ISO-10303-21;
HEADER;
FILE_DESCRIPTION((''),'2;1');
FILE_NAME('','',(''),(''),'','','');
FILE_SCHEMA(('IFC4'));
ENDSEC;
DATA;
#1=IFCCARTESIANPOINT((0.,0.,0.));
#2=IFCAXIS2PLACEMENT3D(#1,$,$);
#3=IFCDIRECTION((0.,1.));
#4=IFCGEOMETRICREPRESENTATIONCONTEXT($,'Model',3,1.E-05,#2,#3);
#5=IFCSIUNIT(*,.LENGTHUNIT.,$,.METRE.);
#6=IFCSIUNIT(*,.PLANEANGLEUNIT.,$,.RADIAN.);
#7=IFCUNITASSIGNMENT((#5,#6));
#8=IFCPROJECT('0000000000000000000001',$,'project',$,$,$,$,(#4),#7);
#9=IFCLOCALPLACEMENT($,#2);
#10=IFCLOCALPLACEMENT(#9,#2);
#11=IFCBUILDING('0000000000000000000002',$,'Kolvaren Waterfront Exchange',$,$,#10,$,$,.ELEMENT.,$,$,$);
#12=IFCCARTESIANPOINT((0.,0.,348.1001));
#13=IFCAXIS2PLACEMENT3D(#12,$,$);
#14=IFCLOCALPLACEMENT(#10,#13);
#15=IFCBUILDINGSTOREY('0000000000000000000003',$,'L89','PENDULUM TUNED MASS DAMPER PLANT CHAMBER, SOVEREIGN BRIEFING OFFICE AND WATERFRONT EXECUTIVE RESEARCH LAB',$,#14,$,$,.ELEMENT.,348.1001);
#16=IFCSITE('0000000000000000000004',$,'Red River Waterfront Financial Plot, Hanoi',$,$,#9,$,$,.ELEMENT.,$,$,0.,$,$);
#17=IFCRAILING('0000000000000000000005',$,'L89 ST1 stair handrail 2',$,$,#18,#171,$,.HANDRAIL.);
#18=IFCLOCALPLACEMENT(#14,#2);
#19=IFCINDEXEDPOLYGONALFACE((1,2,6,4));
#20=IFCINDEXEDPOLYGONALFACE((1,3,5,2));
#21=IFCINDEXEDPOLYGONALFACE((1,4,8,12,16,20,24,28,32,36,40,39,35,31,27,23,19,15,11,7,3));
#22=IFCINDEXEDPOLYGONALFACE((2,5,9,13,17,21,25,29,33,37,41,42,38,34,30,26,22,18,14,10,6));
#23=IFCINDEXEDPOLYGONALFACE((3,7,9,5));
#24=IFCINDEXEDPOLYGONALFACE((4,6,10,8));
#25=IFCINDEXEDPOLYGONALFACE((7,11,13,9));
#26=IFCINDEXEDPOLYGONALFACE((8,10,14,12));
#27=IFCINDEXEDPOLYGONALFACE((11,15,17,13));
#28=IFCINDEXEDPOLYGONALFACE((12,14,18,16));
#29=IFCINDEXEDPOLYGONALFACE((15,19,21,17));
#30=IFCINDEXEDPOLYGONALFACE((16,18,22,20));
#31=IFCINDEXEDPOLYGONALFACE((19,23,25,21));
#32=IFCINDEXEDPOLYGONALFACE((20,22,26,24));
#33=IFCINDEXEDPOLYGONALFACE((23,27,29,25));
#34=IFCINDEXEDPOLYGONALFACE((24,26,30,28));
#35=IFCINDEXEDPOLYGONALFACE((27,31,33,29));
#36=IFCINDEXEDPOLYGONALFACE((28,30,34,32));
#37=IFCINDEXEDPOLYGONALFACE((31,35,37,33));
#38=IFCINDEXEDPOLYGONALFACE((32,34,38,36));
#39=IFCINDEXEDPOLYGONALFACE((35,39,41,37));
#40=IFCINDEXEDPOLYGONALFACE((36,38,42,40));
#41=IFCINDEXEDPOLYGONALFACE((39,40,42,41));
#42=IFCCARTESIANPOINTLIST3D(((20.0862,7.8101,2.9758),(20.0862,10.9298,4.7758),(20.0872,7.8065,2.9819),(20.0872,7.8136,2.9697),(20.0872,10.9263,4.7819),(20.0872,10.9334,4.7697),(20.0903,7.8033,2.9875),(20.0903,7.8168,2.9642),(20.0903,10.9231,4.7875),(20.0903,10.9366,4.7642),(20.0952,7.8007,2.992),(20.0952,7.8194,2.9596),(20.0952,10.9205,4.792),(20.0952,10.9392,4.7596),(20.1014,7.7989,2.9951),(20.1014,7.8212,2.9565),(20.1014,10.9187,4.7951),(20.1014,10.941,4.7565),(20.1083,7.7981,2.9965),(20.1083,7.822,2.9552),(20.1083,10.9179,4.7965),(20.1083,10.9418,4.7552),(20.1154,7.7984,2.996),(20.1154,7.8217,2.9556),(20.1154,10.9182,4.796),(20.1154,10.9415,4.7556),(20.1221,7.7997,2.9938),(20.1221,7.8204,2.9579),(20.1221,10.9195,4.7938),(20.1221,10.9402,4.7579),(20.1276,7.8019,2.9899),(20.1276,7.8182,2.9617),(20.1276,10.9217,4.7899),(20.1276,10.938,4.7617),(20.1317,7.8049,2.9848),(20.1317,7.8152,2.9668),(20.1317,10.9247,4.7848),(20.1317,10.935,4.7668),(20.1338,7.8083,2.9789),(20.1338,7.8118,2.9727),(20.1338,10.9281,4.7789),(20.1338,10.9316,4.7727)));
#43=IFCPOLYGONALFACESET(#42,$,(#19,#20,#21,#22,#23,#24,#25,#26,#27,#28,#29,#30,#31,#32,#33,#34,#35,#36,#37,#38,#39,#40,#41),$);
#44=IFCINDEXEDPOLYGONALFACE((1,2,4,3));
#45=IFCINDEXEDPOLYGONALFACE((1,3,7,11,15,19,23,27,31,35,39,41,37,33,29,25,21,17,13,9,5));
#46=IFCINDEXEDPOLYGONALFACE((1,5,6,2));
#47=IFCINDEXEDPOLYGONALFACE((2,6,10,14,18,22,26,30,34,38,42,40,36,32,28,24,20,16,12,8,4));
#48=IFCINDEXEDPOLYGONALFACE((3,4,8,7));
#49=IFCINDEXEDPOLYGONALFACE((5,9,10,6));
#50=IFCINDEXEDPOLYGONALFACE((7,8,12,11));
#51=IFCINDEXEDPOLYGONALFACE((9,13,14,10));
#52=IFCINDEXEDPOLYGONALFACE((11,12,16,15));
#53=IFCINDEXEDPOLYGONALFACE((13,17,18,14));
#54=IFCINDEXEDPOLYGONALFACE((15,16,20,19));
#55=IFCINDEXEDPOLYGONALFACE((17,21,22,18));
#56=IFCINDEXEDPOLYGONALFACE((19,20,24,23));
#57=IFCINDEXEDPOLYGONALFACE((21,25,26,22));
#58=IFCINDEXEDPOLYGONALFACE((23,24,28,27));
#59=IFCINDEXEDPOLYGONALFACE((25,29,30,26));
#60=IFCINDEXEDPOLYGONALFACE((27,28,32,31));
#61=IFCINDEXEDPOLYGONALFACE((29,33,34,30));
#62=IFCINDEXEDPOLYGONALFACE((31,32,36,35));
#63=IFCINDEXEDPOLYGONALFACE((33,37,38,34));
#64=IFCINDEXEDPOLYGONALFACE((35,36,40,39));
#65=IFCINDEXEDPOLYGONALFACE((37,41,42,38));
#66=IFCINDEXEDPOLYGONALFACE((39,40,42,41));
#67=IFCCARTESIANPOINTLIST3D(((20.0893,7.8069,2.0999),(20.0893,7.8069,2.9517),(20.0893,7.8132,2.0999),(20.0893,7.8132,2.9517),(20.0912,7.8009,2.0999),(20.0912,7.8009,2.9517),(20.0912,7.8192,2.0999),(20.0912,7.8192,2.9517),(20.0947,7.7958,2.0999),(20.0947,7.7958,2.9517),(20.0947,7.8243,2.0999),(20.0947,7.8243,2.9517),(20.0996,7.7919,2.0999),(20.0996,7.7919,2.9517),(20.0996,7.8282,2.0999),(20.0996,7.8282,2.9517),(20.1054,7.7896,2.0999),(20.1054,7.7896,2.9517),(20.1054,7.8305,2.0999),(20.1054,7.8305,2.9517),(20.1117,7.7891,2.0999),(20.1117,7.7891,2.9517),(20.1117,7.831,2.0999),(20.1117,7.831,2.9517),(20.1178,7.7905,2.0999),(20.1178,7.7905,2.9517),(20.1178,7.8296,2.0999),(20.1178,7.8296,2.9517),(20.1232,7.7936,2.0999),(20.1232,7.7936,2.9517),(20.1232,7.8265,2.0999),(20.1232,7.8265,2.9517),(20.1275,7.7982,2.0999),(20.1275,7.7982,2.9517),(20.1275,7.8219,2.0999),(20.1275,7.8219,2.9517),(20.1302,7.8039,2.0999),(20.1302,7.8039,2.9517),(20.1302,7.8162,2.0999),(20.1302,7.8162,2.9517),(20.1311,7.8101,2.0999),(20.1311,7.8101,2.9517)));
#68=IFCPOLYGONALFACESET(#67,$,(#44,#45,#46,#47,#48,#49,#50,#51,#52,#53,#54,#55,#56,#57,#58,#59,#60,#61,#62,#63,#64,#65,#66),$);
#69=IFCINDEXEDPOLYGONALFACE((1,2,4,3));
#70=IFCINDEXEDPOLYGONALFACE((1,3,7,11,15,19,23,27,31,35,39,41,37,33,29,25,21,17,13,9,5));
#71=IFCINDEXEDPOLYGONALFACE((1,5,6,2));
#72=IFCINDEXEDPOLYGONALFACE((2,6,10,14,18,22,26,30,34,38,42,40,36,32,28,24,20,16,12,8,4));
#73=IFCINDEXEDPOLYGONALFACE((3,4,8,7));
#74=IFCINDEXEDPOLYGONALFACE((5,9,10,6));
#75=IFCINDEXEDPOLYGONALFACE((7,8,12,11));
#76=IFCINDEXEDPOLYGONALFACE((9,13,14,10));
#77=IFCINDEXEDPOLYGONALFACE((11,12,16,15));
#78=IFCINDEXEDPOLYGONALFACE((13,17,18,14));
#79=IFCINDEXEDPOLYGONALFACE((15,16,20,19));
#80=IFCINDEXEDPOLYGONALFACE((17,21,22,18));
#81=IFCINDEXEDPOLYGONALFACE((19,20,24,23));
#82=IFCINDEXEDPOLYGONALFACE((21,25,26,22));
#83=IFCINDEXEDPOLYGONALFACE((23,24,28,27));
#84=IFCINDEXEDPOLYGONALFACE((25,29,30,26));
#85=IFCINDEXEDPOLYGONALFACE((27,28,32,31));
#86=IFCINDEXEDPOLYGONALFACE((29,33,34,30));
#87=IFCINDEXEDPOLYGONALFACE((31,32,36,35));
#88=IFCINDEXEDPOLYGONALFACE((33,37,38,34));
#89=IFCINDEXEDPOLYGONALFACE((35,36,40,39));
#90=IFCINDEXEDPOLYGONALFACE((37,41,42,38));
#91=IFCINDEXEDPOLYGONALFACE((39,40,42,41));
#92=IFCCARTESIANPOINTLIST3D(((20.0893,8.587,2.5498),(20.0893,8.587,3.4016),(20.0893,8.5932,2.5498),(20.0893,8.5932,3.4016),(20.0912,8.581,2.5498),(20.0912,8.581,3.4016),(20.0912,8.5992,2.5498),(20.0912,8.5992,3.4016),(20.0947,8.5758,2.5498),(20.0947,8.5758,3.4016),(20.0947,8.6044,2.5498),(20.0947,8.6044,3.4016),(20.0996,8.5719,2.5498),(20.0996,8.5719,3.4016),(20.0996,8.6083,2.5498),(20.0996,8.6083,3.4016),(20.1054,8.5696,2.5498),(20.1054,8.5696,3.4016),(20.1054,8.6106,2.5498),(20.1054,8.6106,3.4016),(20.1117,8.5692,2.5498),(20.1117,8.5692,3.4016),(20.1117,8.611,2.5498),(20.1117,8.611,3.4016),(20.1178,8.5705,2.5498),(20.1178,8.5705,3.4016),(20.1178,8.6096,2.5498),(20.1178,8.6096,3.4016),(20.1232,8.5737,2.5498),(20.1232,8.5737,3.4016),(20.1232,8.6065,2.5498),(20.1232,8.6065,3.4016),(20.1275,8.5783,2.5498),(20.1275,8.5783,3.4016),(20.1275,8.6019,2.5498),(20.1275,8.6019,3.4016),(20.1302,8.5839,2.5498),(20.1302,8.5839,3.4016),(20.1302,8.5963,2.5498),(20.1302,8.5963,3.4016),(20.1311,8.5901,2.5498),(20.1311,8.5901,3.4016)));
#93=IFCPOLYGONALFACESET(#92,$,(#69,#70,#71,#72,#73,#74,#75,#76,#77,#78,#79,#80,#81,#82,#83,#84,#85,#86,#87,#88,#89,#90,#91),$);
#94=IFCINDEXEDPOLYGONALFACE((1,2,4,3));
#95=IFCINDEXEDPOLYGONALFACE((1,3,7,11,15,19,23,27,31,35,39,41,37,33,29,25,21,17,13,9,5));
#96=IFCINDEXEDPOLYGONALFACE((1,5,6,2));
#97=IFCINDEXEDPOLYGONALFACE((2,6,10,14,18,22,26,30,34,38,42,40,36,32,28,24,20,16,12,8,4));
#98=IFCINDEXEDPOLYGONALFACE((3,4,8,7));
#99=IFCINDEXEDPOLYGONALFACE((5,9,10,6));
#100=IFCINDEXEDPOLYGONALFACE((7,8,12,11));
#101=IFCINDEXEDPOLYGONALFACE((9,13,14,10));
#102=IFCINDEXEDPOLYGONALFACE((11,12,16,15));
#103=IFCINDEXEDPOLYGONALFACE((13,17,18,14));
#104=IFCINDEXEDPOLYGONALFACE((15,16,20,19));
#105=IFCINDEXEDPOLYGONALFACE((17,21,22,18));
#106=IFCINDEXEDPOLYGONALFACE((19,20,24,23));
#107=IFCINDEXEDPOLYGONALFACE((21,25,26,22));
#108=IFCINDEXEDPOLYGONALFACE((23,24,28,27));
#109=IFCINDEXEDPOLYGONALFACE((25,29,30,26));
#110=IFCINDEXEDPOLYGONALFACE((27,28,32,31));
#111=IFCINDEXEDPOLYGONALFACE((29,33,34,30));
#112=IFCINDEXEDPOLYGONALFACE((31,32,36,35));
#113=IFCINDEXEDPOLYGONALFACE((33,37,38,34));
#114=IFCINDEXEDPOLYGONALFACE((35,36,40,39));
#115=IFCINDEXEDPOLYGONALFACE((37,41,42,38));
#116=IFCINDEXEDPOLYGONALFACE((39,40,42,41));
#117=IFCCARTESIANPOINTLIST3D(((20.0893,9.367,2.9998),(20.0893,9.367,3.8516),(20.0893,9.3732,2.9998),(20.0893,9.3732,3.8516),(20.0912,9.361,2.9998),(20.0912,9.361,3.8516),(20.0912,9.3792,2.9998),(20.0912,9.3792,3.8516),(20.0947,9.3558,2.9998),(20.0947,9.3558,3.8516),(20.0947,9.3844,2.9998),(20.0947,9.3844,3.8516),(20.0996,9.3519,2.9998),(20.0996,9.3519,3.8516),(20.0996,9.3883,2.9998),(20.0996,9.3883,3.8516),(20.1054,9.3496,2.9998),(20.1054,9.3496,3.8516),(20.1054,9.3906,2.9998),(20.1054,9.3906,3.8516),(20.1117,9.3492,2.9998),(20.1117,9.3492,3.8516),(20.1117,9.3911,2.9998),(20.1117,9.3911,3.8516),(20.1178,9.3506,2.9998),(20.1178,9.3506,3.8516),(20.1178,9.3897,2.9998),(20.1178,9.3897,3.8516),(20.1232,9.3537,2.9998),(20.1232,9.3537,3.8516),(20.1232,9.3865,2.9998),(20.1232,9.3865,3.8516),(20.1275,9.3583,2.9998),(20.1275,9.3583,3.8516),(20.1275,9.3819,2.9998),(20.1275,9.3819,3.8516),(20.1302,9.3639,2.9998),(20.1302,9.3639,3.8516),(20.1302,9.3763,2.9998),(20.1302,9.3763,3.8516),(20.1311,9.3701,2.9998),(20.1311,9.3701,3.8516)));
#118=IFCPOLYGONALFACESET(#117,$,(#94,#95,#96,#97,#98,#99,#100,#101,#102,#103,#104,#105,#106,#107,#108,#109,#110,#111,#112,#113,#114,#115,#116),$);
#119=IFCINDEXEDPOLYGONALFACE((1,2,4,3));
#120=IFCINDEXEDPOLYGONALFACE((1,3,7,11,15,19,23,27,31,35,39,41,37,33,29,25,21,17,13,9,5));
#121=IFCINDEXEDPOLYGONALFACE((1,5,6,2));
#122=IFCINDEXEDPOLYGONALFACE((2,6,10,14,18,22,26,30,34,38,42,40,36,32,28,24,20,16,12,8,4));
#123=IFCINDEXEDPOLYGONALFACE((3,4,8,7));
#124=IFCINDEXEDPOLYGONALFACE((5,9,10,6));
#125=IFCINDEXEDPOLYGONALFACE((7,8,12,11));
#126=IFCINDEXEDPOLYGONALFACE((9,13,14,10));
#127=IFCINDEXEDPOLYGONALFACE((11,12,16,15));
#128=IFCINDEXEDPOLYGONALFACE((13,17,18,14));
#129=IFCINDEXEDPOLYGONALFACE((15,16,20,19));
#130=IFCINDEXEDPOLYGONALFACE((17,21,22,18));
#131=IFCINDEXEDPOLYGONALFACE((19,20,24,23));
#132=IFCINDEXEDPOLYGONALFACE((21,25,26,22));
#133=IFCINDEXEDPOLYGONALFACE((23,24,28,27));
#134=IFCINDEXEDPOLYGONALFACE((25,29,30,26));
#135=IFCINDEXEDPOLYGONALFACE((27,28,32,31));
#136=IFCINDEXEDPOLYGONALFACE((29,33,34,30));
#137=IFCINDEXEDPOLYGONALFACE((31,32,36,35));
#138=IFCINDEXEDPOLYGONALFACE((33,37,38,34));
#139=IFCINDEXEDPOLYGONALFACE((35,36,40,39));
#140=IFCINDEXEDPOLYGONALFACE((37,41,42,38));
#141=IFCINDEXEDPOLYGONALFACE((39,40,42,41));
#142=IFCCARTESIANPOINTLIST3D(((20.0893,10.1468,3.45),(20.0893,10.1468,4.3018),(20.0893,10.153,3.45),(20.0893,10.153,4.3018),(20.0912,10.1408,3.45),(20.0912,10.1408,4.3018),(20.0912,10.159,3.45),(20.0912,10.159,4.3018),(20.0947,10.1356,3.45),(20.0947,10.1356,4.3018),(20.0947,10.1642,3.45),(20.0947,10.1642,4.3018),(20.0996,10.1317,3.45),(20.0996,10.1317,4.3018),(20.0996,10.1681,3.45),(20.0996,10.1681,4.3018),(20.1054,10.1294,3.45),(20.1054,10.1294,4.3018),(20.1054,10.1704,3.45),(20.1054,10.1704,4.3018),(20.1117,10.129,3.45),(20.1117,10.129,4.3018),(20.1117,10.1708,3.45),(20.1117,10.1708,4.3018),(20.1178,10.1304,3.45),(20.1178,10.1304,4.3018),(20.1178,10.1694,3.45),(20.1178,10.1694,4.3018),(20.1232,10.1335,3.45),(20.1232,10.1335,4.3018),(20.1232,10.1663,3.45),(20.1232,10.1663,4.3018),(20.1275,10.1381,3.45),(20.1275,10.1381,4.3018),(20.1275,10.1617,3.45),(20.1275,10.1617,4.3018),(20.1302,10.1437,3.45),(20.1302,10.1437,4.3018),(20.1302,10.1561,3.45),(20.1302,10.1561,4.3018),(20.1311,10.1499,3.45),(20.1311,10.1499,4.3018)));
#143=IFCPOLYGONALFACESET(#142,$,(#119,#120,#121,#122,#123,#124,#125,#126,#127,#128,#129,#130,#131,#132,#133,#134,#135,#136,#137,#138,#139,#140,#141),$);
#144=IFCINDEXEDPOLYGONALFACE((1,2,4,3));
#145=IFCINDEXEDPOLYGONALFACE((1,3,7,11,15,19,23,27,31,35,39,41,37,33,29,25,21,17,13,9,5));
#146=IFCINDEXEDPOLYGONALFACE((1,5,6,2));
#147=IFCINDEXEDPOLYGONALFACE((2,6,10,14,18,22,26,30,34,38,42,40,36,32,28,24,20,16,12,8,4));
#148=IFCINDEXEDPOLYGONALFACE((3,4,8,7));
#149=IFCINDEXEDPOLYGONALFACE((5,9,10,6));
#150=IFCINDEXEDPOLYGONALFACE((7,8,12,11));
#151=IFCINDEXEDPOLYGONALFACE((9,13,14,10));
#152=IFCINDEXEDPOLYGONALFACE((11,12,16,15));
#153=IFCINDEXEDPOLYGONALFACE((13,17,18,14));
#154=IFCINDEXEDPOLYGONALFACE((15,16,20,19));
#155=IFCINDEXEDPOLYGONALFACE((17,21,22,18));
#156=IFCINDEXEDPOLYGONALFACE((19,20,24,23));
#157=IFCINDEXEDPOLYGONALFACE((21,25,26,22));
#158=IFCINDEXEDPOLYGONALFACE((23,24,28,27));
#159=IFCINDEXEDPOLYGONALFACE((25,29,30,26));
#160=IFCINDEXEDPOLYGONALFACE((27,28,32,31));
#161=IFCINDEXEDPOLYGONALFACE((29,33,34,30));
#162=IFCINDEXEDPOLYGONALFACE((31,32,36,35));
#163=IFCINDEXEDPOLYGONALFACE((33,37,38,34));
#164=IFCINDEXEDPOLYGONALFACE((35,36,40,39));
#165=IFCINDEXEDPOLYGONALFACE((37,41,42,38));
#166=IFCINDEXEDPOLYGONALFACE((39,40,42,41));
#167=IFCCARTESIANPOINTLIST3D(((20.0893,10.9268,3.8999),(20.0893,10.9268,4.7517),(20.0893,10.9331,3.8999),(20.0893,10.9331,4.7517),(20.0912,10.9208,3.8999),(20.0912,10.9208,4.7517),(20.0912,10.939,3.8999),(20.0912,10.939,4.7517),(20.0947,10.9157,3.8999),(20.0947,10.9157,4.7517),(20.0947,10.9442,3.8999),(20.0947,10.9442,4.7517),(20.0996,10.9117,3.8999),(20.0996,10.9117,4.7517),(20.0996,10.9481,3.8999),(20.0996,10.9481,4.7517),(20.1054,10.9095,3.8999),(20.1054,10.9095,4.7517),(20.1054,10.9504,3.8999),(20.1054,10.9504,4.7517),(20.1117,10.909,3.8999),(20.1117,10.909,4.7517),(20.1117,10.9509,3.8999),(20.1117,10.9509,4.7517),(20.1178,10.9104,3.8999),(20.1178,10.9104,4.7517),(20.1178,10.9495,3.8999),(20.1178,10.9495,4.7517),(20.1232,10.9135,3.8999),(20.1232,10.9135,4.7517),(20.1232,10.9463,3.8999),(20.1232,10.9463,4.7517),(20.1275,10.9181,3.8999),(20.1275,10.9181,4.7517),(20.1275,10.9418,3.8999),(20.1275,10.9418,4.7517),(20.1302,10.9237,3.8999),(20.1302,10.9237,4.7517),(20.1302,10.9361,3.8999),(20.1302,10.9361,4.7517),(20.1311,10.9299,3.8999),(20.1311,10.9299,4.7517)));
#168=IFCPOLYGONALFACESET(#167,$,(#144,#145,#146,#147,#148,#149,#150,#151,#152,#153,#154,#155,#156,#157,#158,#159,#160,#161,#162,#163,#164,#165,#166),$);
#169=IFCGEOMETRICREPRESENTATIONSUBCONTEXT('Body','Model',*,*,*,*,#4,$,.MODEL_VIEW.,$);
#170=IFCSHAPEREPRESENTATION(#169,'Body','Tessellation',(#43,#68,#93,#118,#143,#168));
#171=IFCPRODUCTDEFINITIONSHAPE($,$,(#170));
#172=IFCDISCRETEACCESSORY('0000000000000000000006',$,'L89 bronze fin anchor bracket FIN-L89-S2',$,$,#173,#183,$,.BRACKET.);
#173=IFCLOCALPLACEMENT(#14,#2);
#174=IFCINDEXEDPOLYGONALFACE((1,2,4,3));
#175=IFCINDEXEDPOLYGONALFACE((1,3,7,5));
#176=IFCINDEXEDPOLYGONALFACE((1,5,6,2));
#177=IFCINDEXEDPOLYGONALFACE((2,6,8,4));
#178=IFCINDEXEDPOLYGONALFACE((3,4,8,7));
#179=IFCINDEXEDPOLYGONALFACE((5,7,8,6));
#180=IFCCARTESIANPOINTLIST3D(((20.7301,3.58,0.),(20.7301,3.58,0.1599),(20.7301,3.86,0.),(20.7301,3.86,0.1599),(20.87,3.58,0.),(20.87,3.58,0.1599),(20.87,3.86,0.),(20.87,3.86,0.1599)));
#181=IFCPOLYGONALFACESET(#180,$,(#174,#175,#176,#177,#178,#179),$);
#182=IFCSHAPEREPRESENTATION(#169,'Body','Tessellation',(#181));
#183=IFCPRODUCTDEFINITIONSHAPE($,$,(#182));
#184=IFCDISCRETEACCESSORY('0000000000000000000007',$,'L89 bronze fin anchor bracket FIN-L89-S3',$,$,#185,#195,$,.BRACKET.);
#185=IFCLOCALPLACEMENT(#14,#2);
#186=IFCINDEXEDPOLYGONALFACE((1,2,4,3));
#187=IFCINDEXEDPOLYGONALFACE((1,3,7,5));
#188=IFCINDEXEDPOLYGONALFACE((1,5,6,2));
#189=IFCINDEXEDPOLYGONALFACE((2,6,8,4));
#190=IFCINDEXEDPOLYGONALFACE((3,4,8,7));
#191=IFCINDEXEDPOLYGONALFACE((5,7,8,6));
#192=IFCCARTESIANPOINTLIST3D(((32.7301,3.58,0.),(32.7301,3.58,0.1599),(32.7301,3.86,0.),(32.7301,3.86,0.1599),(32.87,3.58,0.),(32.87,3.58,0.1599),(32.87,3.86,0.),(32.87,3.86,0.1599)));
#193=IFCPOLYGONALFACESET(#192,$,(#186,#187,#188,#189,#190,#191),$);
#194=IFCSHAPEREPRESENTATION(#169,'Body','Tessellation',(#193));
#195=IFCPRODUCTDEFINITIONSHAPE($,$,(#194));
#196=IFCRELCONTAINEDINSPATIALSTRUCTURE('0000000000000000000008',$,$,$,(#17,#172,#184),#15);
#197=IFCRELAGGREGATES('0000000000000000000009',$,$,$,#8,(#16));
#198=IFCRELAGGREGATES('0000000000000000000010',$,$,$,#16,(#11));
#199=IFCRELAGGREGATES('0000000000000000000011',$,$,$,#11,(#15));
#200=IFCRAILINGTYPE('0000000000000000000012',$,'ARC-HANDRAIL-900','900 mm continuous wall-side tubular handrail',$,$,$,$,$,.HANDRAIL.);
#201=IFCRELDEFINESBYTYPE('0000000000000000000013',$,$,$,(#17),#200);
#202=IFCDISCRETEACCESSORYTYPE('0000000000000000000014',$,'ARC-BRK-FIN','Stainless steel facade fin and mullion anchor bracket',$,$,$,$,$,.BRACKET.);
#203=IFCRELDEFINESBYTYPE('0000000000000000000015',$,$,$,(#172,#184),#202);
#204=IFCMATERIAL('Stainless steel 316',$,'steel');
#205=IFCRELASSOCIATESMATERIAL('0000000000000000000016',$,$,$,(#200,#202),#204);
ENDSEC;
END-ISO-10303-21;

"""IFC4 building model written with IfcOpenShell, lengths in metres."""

from ifc_helpers import new_model, si_unit, direction, frame, origin, origin_with_axes, origin_2d, place, context, subcontext, project, spatial, rectangle, circle, extrude, source, transform, mapped, material, type_object, element, save


model = new_model("IFC4")

# Units and contexts
model_context = context("Model", 3, precision=1e-05, world=origin(), true_north=direction((0.0, 1.0)))
body_context = subcontext(model_context, "Body", "Model", "MODEL_VIEW")
ifc_project = project(units=[si_unit("LENGTHUNIT", "METRE"), si_unit("PLANEANGLEUNIT", "RADIAN")], contexts=[model_context])

# Site, building, storey
site_placement = place(None, origin())
site = spatial("IfcSite", under=ifc_project, at=site_placement, Name="Red River Waterfront Financial Plot, Hanoi", CompositionType="ELEMENT", RefElevation=0.0)
building_placement = place(site_placement, origin())
building = spatial("IfcBuilding", under=site, at=building_placement, Name="Kolvaren Waterfront Exchange", CompositionType="ELEMENT")
storey_placement = place(building_placement, frame((0.0, 0.0, 348.1001)))
storey = spatial("IfcBuildingStorey", under=building, at=storey_placement, Name="L89", Description="PENDULUM TUNED MASS DAMPER PLANT CHAMBER, SOVEREIGN BRIEFING OFFICE AND WATERFRONT EXECUTIVE RESEARCH LAB", CompositionType="ELEMENT", Elevation=348.1001)

# Railing
ifc_material_1 = material(Name="Stainless steel 316", Category="steel")
railing_type = type_object("IfcRailingType", Name="ARC-HANDRAIL-900", Description="900 mm continuous wall-side tubular handrail", PredefinedType="HANDRAIL", material=ifc_material_1)
railing_placement = place(storey_placement, frame((20.1101, 7.8101, 2.0999)))
element("IfcRailing", 1, at=railing_placement, inside=storey, type_object=railing_type, Name="L89 ST1 stair handrail 2", PredefinedType="HANDRAIL", context=body_context, shape_type="SweptSolid", body=[
    extrude(circle(Radius=0.0239, at=origin_2d()), frame((0.0, 0.0, 0.876), z_axis=(0.0, 0.866171, 0.499748), x_axis=(-1.0, 0.0, 0.0)), (0.0, 0.0, 1.0), 3.6018),
    extrude(circle(Radius=0.021, at=origin_2d()), origin(), (0.0, 0.0, 1.0), 0.8518),
    extrude(circle(Radius=0.021, at=origin_2d()), frame((0.0, 0.78, 0.45)), (0.0, 0.0, 1.0), 0.8518),
    extrude(circle(Radius=0.021, at=origin_2d()), frame((0.0, 1.5601, 0.8999)), (0.0, 0.0, 1.0), 0.8518),
    extrude(circle(Radius=0.021, at=origin_2d()), frame((0.0, 2.3398, 1.3501)), (0.0, 0.0, 1.0), 0.8518),
    extrude(circle(Radius=0.021, at=origin_2d()), frame((0.0, 3.1199, 1.8)), (0.0, 0.0, 1.0), 0.8518),
])

# Discrete accessories
discrete_accessory_type = type_object("IfcDiscreteAccessoryType", Name="ARC-BRK-FIN", Description="Stainless steel facade fin and mullion anchor bracket", PredefinedType="BRACKET", material=ifc_material_1)
shared_shape_1 = source(origin_with_axes(), body_context, "Body", "SweptSolid", [
    extrude(rectangle(XDim=0.28, YDim=0.1399, at=origin_2d()), origin(), (0.0, 0.0, 1.0), 0.1599),
])
for number, where, z_axis, x_axis, name in (
    (2, (20.8, 3.72, 0.0), (0.0, 0.0, 1.0), (0.0, -1.0, 0.0), "L89 bronze fin anchor bracket FIN-L89-S2"),
    (3, (32.8, 3.72, 0.0), (0.0, 0.0, 1.0), (0.0, -1.0, 0.0), "L89 bronze fin anchor bracket FIN-L89-S3"),
):
    element("IfcDiscreteAccessory", number, at=place(storey_placement, frame(where, z_axis=z_axis, x_axis=x_axis)), inside=storey, type_object=discrete_accessory_type, Name=name, PredefinedType="BRACKET", context=body_context, shape_type="MappedRepresentation", body=[
        mapped(shared_shape_1, transform((0.0, 0.0, 0.0), x_axis=(1.0, 0.0, 0.0), y_axis=(0.0, 1.0, 0.0), z_axis=(0.0, 0.0, 1.0), scale=1.0)),
    ])

save(model, "model.ifc")
